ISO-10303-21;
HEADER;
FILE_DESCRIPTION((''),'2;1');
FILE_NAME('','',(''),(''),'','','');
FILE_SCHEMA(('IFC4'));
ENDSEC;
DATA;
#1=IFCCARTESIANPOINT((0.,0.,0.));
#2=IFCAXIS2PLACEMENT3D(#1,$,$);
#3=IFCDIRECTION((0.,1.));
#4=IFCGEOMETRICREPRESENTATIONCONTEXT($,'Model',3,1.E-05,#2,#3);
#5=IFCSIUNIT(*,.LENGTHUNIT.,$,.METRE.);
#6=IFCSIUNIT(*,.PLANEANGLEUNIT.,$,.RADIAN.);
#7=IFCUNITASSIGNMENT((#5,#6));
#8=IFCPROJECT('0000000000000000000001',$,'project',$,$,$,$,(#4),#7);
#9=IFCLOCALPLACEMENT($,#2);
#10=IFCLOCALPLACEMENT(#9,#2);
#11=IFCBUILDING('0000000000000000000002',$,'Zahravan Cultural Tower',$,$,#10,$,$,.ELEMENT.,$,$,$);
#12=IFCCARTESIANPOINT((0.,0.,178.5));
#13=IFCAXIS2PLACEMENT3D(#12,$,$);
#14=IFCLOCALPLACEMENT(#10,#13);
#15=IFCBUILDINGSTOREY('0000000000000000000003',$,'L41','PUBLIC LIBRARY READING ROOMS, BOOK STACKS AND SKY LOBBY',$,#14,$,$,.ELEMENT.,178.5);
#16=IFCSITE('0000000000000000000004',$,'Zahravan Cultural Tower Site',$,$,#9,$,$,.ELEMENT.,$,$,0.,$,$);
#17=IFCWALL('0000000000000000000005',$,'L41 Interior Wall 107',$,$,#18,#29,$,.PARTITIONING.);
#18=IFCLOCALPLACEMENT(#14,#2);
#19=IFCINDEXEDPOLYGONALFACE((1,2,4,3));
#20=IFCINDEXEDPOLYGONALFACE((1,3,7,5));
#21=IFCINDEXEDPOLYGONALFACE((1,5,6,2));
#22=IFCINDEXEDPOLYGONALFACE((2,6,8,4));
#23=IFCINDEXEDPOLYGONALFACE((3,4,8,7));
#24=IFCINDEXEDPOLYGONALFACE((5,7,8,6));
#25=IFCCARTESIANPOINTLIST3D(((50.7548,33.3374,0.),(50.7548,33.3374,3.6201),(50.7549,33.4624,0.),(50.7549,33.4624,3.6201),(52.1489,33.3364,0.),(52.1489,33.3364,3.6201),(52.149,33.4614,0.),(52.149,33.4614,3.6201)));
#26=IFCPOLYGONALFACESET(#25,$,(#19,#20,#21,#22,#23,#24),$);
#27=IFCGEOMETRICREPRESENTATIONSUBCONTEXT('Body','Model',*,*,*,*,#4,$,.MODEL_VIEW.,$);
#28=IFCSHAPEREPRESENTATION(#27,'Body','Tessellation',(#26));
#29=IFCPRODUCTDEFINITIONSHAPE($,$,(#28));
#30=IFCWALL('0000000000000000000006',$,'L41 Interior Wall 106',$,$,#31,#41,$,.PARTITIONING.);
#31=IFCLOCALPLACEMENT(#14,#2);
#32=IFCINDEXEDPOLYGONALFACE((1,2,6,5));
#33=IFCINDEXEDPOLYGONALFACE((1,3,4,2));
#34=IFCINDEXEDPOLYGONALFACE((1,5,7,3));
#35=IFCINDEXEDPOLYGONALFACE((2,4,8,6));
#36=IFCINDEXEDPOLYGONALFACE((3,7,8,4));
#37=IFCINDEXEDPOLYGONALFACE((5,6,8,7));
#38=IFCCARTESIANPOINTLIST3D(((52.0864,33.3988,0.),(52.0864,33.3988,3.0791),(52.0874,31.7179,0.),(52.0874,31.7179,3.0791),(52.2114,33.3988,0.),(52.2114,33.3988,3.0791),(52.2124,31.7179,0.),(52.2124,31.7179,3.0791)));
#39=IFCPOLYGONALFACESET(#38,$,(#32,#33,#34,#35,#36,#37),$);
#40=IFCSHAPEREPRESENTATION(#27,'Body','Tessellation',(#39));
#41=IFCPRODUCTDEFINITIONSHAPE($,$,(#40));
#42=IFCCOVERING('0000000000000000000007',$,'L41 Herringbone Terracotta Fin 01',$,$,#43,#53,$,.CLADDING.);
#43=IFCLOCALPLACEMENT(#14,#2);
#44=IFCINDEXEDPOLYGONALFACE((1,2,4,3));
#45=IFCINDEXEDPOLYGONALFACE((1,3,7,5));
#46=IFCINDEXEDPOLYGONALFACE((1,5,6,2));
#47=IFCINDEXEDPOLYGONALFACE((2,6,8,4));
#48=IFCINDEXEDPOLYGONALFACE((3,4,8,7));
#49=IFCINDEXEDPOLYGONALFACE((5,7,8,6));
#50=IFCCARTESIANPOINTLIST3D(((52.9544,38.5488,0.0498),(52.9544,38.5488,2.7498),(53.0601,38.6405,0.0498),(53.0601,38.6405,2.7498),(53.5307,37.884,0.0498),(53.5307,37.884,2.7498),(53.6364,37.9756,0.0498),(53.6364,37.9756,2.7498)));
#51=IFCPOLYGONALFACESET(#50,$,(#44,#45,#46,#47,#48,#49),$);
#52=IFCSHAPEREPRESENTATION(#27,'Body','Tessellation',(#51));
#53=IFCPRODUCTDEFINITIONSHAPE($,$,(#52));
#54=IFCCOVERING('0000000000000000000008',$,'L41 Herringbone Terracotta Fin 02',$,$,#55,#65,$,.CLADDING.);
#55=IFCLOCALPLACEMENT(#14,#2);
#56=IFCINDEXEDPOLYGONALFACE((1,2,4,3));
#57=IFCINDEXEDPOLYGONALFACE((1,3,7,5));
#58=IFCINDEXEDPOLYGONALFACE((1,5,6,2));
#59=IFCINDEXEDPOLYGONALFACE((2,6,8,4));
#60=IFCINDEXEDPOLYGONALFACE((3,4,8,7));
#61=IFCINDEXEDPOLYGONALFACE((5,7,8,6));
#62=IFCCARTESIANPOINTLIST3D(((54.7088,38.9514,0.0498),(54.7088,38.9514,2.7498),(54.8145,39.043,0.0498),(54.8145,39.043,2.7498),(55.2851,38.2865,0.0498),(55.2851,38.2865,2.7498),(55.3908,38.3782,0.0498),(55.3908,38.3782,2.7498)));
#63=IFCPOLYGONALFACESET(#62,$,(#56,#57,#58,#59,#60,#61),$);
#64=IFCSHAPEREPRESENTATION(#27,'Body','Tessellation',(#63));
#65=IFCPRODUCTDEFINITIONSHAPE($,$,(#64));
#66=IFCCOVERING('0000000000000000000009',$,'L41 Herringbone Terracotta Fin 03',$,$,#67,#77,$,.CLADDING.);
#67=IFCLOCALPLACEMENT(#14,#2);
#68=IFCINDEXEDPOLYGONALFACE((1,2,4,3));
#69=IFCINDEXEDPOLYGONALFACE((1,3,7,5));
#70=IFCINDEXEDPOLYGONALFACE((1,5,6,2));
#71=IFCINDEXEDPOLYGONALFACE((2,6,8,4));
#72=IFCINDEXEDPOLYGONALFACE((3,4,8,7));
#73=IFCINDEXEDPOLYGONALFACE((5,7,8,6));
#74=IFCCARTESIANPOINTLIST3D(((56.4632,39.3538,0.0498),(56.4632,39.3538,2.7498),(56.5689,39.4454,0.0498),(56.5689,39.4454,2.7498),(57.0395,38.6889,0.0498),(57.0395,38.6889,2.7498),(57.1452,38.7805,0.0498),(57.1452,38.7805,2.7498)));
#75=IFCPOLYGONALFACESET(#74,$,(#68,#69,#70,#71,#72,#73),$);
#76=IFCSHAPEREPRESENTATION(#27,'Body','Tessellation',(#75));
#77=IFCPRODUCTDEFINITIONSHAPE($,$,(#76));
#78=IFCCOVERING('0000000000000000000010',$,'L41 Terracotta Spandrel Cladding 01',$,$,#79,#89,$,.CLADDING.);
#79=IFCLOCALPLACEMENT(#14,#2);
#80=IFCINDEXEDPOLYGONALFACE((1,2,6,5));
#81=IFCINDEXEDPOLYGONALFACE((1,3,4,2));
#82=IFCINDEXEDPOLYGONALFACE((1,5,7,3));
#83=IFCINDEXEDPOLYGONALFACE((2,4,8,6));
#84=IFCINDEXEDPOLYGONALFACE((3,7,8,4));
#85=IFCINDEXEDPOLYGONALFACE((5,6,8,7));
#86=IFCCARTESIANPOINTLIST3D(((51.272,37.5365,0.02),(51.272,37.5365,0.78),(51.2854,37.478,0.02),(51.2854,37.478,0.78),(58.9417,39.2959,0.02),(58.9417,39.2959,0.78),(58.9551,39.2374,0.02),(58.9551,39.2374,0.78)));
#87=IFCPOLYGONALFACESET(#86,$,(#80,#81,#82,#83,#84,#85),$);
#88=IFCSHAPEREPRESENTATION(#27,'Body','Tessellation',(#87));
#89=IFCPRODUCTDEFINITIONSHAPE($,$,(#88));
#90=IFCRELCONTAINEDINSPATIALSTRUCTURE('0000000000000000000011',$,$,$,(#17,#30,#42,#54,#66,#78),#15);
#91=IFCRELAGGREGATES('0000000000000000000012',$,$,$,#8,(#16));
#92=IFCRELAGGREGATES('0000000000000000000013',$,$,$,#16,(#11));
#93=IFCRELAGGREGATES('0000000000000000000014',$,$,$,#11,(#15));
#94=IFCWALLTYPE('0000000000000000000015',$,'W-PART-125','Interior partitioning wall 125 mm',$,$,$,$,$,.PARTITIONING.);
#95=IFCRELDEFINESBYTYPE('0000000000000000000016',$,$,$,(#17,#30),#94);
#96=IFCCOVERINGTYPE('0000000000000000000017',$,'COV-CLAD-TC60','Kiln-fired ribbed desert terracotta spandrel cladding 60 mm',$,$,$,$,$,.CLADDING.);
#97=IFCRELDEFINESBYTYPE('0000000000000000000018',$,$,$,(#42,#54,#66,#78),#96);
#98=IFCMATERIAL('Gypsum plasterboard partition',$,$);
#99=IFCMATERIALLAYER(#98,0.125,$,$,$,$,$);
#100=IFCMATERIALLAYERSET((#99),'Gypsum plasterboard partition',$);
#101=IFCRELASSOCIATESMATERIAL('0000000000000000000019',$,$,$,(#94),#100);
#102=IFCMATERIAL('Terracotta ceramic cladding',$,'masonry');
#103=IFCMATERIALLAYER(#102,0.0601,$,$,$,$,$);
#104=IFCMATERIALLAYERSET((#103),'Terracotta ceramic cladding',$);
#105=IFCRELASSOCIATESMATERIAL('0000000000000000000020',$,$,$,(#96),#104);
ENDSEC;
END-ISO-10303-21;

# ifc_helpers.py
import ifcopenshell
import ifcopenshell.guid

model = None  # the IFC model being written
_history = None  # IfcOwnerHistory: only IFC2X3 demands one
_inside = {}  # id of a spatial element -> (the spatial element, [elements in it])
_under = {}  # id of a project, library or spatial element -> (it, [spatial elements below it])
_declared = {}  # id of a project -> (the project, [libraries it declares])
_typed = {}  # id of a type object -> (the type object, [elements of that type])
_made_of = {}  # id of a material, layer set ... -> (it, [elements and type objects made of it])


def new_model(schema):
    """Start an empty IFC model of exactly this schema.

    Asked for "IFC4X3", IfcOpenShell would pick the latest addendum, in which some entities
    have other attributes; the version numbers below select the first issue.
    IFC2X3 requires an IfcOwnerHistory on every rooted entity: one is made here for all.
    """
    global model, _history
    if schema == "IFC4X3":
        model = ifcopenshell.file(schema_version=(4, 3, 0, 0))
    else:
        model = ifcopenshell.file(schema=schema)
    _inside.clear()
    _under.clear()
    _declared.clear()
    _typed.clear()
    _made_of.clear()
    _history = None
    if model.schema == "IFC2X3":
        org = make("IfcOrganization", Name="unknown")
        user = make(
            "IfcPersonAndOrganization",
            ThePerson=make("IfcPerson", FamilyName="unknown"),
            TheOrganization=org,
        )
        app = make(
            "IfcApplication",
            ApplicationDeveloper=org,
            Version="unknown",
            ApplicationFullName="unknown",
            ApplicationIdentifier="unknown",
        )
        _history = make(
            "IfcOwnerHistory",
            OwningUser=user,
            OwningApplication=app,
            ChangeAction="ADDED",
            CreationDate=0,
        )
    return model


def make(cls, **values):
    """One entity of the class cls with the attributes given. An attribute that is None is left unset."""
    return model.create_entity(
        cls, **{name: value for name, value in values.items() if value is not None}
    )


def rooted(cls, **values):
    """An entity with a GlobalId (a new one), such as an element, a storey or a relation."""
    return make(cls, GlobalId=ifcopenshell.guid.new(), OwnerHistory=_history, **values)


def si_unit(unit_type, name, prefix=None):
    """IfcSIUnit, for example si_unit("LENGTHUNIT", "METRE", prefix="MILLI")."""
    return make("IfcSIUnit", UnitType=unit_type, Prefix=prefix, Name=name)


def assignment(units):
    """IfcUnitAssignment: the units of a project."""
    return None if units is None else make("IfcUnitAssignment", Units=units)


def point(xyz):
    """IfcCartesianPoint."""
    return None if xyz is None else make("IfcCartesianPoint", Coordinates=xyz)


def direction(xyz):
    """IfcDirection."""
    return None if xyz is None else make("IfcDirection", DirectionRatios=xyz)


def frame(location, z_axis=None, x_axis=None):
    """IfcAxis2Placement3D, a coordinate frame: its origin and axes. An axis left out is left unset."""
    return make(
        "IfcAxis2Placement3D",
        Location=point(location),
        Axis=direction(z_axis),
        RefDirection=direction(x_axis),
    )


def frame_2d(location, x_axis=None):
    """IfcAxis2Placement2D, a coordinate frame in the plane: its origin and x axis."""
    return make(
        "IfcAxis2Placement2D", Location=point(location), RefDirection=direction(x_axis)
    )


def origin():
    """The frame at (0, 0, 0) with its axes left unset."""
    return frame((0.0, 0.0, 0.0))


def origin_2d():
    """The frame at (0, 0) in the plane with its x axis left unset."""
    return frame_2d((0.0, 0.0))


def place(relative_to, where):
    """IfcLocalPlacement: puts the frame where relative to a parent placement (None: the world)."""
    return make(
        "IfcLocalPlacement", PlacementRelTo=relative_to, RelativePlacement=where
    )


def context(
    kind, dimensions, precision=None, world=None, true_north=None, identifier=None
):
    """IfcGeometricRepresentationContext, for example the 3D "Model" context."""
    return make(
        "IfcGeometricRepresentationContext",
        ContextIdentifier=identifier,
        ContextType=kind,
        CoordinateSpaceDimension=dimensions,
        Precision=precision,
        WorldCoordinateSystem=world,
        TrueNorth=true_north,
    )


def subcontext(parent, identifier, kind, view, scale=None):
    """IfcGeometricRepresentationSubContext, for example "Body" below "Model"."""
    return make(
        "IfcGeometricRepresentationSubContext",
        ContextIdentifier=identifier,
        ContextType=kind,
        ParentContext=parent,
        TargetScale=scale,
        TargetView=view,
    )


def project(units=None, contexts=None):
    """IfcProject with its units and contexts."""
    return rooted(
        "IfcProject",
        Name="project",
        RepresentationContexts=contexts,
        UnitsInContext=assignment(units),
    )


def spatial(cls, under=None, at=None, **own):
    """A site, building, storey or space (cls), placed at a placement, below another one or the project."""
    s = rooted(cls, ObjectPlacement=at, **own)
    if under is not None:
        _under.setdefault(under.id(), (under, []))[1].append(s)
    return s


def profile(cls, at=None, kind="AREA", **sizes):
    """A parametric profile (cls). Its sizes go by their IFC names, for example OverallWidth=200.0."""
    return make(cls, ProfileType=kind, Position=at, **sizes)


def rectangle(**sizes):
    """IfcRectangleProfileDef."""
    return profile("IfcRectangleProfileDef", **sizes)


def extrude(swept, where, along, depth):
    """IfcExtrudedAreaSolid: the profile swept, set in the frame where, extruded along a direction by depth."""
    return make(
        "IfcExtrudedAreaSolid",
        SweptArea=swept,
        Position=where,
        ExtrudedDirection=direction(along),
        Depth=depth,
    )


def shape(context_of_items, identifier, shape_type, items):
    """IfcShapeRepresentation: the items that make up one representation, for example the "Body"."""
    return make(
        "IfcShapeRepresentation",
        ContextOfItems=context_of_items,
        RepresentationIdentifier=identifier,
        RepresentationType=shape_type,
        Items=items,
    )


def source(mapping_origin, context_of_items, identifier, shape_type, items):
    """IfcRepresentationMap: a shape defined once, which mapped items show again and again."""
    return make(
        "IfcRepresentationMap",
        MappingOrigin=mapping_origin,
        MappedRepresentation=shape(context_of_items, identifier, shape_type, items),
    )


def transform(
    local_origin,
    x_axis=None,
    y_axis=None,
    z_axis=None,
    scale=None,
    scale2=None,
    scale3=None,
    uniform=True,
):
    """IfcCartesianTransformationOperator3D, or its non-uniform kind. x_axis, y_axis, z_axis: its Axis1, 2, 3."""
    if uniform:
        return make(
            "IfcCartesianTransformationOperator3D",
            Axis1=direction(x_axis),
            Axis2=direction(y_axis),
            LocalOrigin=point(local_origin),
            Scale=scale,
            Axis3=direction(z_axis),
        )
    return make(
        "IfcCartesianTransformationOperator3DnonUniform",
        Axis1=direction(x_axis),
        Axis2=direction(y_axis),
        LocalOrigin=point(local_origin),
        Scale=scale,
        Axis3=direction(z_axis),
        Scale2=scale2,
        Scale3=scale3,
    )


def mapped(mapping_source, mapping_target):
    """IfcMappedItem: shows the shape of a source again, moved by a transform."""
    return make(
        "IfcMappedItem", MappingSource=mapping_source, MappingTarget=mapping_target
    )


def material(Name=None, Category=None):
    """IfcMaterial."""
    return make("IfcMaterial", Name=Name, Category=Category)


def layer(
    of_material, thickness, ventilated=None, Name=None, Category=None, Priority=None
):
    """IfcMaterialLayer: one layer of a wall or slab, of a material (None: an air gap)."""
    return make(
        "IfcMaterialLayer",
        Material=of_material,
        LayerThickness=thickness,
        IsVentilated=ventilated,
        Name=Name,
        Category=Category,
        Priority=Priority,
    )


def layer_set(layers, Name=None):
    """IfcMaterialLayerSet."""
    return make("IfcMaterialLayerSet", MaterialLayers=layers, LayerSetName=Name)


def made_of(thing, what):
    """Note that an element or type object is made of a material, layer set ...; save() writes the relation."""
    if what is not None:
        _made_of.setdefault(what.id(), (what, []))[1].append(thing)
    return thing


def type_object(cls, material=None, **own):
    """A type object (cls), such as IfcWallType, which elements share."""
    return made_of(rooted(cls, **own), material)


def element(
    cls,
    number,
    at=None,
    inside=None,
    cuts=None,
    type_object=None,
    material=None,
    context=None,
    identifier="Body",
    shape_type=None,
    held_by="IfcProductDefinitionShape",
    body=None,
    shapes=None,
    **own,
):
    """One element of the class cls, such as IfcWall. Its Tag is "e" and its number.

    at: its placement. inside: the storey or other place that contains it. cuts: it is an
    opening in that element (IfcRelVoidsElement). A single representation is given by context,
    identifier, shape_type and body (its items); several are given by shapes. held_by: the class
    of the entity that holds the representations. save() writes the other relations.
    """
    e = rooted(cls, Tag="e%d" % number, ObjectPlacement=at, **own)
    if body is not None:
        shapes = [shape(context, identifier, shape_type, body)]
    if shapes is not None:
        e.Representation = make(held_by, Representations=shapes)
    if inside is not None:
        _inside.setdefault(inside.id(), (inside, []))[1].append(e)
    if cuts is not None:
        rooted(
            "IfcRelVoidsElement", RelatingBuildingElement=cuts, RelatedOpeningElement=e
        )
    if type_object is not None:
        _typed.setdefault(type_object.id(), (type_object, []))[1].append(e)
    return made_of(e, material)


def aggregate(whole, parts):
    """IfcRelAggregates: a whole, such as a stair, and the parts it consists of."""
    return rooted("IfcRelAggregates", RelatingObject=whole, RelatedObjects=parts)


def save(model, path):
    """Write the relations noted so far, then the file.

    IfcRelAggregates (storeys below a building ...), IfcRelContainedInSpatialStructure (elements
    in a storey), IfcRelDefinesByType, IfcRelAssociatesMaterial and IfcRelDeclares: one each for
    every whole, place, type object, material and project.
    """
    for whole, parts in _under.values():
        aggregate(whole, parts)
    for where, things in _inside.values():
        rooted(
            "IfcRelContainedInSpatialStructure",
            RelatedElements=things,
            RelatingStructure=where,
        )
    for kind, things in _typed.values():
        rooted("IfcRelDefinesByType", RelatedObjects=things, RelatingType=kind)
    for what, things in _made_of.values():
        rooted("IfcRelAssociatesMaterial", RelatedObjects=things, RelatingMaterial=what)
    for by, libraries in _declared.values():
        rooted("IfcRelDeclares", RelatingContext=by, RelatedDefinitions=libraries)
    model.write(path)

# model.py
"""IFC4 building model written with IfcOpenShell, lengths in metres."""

from ifc_helpers import new_model, si_unit, direction, frame, frame_2d, origin, origin_2d, place, context, subcontext, project, spatial, rectangle, extrude, source, transform, mapped, material, layer, layer_set, type_object, element, save


model = new_model("IFC4")

# Units and contexts
model_context = context("Model", 3, precision=1e-05, world=origin(), true_north=direction((0.0, 1.0)))
body_context = subcontext(model_context, "Body", "Model", "MODEL_VIEW")
ifc_project = project(units=[si_unit("LENGTHUNIT", "METRE"), si_unit("PLANEANGLEUNIT", "RADIAN")], contexts=[model_context])

# Site, building, storey
site_placement = place(None, origin())
site = spatial("IfcSite", under=ifc_project, at=site_placement, Name="Zahravan Cultural Tower Site", CompositionType="ELEMENT", RefElevation=0.0)
building_placement = place(site_placement, origin())
building = spatial("IfcBuilding", under=site, at=building_placement, Name="Zahravan Cultural Tower", CompositionType="ELEMENT")
storey_placement = place(building_placement, frame((0.0, 0.0, 178.5)))
storey = spatial("IfcBuildingStorey", under=building, at=storey_placement, Name="L41", Description="PUBLIC LIBRARY READING ROOMS, BOOK STACKS AND SKY LOBBY", CompositionType="ELEMENT", Elevation=178.5)

# Shared definitions
ifc_material_1 = material(Name="Gypsum plasterboard partition")
ifc_layer_1 = layer(ifc_material_1, 0.125)
ifc_layer_set_1 = layer_set([ifc_layer_1], Name="Gypsum plasterboard partition")
wall_type_1 = type_object("IfcWallType", Name="W-PART-125", Description="Interior partitioning wall 125 mm", PredefinedType="PARTITIONING", material=ifc_layer_set_1)

# Walls
shared_shape_1 = source(origin(), body_context, "Body", "SweptSolid", [
    extrude(rectangle(XDim=1.394, YDim=0.125, at=frame_2d((0.697, 0.0))), origin(), (0.0, 0.0, 1.0), 3.6201),
])
wall_1_placement = place(storey_placement, frame((52.1489, 33.3989, 0.0), z_axis=(0.0, 0.0, 1.0), x_axis=(-1.0, 0.000701, 0.0)))
element("IfcWall", 1, at=wall_1_placement, inside=storey, type_object=wall_type_1, Name="L41 Interior Wall 107", PredefinedType="PARTITIONING", context=body_context, shape_type="MappedRepresentation", body=[
    mapped(shared_shape_1, transform((0.0, 0.0, 0.0), x_axis=(1.0, 0.0, 0.0), y_axis=(0.0, 1.0, 0.0), z_axis=(0.0, 0.0, 1.0), scale=1.0)),
])
shared_shape_2 = source(origin(), body_context, "Body", "SweptSolid", [
    extrude(rectangle(XDim=1.6809, YDim=0.125, at=frame_2d((0.8403, 0.0))), origin(), (0.0, 0.0, 1.0), 3.0791),
])
wall_2_placement = place(storey_placement, frame((52.1499, 31.718, 0.0), z_axis=(0.0, 0.0, 1.0), x_axis=(-0.000581, 1.0, 0.0)))
element("IfcWall", 2, at=wall_2_placement, inside=storey, type_object=wall_type_1, Name="L41 Interior Wall 106", PredefinedType="PARTITIONING", context=body_context, shape_type="MappedRepresentation", body=[
    mapped(shared_shape_2, transform((0.0, 0.0, 0.0), x_axis=(1.0, 0.0, 0.0), y_axis=(0.0, 1.0, 0.0), z_axis=(0.0, 0.0, 1.0), scale=1.0)),
])

# Coverings
ifc_material_2 = material(Name="Terracotta ceramic cladding", Category="masonry")
ifc_layer_2 = layer(ifc_material_2, 0.0601)
ifc_layer_set_2 = layer_set([ifc_layer_2], Name="Terracotta ceramic cladding")
covering_type = type_object("IfcCoveringType", Name="COV-CLAD-TC60", Description="Kiln-fired ribbed desert terracotta spandrel cladding 60 mm", PredefinedType="CLADDING", material=ifc_layer_set_2)
shared_shape_3 = source(origin(), body_context, "Body", "SweptSolid", [
    extrude(rectangle(XDim=0.8799, YDim=0.1399, at=origin_2d()), origin(), (0.0, 0.0, 1.0), 2.7),
])
for number, where, z_axis, x_axis, name in (
    (3, (53.2954, 38.2622, 0.0498), (0.0, 0.0, 1.0), (-0.655005, 0.755625, 0.0), "L41 Herringbone Terracotta Fin 01"),
    (4, (55.0498, 38.6648, 0.0498), (0.0, 0.0, 1.0), (-0.655005, 0.755625, 0.0), "L41 Herringbone Terracotta Fin 02"),
    (5, (56.8042, 39.0671, 0.0498), (0.0, 0.0, 1.0), (-0.655005, 0.755625, 0.0), "L41 Herringbone Terracotta Fin 03"),
):
    element("IfcCovering", number, at=place(storey_placement, frame(where, z_axis=z_axis, x_axis=x_axis)), inside=storey, type_object=covering_type, Name=name, PredefinedType="CLADDING", context=body_context, shape_type="MappedRepresentation", body=[
        mapped(shared_shape_3, transform((0.0, 0.0, 0.0), x_axis=(1.0, 0.0, 0.0), y_axis=(0.0, 1.0, 0.0), z_axis=(0.0, 0.0, 1.0), scale=1.0)),
    ])
shared_shape_4 = source(origin(), body_context, "Body", "SweptSolid", [
    extrude(rectangle(XDim=7.8689, YDim=0.0601, at=origin_2d()), origin(), (0.0, 0.0, 1.0), 0.76),
])
covering_placement = place(storey_placement, frame((55.1135, 38.387, 0.02), z_axis=(0.0, 0.0, 1.0), x_axis=(0.974683, 0.22359, 0.0)))
element("IfcCovering", 6, at=covering_placement, inside=storey, type_object=covering_type, Name="L41 Terracotta Spandrel Cladding 01", PredefinedType="CLADDING", context=body_context, shape_type="MappedRepresentation", body=[
    mapped(shared_shape_4, transform((0.0, 0.0, 0.0), x_axis=(1.0, 0.0, 0.0), y_axis=(0.0, 1.0, 0.0), z_axis=(0.0, 0.0, 1.0), scale=1.0)),
])

save(model, "model.ifc")
